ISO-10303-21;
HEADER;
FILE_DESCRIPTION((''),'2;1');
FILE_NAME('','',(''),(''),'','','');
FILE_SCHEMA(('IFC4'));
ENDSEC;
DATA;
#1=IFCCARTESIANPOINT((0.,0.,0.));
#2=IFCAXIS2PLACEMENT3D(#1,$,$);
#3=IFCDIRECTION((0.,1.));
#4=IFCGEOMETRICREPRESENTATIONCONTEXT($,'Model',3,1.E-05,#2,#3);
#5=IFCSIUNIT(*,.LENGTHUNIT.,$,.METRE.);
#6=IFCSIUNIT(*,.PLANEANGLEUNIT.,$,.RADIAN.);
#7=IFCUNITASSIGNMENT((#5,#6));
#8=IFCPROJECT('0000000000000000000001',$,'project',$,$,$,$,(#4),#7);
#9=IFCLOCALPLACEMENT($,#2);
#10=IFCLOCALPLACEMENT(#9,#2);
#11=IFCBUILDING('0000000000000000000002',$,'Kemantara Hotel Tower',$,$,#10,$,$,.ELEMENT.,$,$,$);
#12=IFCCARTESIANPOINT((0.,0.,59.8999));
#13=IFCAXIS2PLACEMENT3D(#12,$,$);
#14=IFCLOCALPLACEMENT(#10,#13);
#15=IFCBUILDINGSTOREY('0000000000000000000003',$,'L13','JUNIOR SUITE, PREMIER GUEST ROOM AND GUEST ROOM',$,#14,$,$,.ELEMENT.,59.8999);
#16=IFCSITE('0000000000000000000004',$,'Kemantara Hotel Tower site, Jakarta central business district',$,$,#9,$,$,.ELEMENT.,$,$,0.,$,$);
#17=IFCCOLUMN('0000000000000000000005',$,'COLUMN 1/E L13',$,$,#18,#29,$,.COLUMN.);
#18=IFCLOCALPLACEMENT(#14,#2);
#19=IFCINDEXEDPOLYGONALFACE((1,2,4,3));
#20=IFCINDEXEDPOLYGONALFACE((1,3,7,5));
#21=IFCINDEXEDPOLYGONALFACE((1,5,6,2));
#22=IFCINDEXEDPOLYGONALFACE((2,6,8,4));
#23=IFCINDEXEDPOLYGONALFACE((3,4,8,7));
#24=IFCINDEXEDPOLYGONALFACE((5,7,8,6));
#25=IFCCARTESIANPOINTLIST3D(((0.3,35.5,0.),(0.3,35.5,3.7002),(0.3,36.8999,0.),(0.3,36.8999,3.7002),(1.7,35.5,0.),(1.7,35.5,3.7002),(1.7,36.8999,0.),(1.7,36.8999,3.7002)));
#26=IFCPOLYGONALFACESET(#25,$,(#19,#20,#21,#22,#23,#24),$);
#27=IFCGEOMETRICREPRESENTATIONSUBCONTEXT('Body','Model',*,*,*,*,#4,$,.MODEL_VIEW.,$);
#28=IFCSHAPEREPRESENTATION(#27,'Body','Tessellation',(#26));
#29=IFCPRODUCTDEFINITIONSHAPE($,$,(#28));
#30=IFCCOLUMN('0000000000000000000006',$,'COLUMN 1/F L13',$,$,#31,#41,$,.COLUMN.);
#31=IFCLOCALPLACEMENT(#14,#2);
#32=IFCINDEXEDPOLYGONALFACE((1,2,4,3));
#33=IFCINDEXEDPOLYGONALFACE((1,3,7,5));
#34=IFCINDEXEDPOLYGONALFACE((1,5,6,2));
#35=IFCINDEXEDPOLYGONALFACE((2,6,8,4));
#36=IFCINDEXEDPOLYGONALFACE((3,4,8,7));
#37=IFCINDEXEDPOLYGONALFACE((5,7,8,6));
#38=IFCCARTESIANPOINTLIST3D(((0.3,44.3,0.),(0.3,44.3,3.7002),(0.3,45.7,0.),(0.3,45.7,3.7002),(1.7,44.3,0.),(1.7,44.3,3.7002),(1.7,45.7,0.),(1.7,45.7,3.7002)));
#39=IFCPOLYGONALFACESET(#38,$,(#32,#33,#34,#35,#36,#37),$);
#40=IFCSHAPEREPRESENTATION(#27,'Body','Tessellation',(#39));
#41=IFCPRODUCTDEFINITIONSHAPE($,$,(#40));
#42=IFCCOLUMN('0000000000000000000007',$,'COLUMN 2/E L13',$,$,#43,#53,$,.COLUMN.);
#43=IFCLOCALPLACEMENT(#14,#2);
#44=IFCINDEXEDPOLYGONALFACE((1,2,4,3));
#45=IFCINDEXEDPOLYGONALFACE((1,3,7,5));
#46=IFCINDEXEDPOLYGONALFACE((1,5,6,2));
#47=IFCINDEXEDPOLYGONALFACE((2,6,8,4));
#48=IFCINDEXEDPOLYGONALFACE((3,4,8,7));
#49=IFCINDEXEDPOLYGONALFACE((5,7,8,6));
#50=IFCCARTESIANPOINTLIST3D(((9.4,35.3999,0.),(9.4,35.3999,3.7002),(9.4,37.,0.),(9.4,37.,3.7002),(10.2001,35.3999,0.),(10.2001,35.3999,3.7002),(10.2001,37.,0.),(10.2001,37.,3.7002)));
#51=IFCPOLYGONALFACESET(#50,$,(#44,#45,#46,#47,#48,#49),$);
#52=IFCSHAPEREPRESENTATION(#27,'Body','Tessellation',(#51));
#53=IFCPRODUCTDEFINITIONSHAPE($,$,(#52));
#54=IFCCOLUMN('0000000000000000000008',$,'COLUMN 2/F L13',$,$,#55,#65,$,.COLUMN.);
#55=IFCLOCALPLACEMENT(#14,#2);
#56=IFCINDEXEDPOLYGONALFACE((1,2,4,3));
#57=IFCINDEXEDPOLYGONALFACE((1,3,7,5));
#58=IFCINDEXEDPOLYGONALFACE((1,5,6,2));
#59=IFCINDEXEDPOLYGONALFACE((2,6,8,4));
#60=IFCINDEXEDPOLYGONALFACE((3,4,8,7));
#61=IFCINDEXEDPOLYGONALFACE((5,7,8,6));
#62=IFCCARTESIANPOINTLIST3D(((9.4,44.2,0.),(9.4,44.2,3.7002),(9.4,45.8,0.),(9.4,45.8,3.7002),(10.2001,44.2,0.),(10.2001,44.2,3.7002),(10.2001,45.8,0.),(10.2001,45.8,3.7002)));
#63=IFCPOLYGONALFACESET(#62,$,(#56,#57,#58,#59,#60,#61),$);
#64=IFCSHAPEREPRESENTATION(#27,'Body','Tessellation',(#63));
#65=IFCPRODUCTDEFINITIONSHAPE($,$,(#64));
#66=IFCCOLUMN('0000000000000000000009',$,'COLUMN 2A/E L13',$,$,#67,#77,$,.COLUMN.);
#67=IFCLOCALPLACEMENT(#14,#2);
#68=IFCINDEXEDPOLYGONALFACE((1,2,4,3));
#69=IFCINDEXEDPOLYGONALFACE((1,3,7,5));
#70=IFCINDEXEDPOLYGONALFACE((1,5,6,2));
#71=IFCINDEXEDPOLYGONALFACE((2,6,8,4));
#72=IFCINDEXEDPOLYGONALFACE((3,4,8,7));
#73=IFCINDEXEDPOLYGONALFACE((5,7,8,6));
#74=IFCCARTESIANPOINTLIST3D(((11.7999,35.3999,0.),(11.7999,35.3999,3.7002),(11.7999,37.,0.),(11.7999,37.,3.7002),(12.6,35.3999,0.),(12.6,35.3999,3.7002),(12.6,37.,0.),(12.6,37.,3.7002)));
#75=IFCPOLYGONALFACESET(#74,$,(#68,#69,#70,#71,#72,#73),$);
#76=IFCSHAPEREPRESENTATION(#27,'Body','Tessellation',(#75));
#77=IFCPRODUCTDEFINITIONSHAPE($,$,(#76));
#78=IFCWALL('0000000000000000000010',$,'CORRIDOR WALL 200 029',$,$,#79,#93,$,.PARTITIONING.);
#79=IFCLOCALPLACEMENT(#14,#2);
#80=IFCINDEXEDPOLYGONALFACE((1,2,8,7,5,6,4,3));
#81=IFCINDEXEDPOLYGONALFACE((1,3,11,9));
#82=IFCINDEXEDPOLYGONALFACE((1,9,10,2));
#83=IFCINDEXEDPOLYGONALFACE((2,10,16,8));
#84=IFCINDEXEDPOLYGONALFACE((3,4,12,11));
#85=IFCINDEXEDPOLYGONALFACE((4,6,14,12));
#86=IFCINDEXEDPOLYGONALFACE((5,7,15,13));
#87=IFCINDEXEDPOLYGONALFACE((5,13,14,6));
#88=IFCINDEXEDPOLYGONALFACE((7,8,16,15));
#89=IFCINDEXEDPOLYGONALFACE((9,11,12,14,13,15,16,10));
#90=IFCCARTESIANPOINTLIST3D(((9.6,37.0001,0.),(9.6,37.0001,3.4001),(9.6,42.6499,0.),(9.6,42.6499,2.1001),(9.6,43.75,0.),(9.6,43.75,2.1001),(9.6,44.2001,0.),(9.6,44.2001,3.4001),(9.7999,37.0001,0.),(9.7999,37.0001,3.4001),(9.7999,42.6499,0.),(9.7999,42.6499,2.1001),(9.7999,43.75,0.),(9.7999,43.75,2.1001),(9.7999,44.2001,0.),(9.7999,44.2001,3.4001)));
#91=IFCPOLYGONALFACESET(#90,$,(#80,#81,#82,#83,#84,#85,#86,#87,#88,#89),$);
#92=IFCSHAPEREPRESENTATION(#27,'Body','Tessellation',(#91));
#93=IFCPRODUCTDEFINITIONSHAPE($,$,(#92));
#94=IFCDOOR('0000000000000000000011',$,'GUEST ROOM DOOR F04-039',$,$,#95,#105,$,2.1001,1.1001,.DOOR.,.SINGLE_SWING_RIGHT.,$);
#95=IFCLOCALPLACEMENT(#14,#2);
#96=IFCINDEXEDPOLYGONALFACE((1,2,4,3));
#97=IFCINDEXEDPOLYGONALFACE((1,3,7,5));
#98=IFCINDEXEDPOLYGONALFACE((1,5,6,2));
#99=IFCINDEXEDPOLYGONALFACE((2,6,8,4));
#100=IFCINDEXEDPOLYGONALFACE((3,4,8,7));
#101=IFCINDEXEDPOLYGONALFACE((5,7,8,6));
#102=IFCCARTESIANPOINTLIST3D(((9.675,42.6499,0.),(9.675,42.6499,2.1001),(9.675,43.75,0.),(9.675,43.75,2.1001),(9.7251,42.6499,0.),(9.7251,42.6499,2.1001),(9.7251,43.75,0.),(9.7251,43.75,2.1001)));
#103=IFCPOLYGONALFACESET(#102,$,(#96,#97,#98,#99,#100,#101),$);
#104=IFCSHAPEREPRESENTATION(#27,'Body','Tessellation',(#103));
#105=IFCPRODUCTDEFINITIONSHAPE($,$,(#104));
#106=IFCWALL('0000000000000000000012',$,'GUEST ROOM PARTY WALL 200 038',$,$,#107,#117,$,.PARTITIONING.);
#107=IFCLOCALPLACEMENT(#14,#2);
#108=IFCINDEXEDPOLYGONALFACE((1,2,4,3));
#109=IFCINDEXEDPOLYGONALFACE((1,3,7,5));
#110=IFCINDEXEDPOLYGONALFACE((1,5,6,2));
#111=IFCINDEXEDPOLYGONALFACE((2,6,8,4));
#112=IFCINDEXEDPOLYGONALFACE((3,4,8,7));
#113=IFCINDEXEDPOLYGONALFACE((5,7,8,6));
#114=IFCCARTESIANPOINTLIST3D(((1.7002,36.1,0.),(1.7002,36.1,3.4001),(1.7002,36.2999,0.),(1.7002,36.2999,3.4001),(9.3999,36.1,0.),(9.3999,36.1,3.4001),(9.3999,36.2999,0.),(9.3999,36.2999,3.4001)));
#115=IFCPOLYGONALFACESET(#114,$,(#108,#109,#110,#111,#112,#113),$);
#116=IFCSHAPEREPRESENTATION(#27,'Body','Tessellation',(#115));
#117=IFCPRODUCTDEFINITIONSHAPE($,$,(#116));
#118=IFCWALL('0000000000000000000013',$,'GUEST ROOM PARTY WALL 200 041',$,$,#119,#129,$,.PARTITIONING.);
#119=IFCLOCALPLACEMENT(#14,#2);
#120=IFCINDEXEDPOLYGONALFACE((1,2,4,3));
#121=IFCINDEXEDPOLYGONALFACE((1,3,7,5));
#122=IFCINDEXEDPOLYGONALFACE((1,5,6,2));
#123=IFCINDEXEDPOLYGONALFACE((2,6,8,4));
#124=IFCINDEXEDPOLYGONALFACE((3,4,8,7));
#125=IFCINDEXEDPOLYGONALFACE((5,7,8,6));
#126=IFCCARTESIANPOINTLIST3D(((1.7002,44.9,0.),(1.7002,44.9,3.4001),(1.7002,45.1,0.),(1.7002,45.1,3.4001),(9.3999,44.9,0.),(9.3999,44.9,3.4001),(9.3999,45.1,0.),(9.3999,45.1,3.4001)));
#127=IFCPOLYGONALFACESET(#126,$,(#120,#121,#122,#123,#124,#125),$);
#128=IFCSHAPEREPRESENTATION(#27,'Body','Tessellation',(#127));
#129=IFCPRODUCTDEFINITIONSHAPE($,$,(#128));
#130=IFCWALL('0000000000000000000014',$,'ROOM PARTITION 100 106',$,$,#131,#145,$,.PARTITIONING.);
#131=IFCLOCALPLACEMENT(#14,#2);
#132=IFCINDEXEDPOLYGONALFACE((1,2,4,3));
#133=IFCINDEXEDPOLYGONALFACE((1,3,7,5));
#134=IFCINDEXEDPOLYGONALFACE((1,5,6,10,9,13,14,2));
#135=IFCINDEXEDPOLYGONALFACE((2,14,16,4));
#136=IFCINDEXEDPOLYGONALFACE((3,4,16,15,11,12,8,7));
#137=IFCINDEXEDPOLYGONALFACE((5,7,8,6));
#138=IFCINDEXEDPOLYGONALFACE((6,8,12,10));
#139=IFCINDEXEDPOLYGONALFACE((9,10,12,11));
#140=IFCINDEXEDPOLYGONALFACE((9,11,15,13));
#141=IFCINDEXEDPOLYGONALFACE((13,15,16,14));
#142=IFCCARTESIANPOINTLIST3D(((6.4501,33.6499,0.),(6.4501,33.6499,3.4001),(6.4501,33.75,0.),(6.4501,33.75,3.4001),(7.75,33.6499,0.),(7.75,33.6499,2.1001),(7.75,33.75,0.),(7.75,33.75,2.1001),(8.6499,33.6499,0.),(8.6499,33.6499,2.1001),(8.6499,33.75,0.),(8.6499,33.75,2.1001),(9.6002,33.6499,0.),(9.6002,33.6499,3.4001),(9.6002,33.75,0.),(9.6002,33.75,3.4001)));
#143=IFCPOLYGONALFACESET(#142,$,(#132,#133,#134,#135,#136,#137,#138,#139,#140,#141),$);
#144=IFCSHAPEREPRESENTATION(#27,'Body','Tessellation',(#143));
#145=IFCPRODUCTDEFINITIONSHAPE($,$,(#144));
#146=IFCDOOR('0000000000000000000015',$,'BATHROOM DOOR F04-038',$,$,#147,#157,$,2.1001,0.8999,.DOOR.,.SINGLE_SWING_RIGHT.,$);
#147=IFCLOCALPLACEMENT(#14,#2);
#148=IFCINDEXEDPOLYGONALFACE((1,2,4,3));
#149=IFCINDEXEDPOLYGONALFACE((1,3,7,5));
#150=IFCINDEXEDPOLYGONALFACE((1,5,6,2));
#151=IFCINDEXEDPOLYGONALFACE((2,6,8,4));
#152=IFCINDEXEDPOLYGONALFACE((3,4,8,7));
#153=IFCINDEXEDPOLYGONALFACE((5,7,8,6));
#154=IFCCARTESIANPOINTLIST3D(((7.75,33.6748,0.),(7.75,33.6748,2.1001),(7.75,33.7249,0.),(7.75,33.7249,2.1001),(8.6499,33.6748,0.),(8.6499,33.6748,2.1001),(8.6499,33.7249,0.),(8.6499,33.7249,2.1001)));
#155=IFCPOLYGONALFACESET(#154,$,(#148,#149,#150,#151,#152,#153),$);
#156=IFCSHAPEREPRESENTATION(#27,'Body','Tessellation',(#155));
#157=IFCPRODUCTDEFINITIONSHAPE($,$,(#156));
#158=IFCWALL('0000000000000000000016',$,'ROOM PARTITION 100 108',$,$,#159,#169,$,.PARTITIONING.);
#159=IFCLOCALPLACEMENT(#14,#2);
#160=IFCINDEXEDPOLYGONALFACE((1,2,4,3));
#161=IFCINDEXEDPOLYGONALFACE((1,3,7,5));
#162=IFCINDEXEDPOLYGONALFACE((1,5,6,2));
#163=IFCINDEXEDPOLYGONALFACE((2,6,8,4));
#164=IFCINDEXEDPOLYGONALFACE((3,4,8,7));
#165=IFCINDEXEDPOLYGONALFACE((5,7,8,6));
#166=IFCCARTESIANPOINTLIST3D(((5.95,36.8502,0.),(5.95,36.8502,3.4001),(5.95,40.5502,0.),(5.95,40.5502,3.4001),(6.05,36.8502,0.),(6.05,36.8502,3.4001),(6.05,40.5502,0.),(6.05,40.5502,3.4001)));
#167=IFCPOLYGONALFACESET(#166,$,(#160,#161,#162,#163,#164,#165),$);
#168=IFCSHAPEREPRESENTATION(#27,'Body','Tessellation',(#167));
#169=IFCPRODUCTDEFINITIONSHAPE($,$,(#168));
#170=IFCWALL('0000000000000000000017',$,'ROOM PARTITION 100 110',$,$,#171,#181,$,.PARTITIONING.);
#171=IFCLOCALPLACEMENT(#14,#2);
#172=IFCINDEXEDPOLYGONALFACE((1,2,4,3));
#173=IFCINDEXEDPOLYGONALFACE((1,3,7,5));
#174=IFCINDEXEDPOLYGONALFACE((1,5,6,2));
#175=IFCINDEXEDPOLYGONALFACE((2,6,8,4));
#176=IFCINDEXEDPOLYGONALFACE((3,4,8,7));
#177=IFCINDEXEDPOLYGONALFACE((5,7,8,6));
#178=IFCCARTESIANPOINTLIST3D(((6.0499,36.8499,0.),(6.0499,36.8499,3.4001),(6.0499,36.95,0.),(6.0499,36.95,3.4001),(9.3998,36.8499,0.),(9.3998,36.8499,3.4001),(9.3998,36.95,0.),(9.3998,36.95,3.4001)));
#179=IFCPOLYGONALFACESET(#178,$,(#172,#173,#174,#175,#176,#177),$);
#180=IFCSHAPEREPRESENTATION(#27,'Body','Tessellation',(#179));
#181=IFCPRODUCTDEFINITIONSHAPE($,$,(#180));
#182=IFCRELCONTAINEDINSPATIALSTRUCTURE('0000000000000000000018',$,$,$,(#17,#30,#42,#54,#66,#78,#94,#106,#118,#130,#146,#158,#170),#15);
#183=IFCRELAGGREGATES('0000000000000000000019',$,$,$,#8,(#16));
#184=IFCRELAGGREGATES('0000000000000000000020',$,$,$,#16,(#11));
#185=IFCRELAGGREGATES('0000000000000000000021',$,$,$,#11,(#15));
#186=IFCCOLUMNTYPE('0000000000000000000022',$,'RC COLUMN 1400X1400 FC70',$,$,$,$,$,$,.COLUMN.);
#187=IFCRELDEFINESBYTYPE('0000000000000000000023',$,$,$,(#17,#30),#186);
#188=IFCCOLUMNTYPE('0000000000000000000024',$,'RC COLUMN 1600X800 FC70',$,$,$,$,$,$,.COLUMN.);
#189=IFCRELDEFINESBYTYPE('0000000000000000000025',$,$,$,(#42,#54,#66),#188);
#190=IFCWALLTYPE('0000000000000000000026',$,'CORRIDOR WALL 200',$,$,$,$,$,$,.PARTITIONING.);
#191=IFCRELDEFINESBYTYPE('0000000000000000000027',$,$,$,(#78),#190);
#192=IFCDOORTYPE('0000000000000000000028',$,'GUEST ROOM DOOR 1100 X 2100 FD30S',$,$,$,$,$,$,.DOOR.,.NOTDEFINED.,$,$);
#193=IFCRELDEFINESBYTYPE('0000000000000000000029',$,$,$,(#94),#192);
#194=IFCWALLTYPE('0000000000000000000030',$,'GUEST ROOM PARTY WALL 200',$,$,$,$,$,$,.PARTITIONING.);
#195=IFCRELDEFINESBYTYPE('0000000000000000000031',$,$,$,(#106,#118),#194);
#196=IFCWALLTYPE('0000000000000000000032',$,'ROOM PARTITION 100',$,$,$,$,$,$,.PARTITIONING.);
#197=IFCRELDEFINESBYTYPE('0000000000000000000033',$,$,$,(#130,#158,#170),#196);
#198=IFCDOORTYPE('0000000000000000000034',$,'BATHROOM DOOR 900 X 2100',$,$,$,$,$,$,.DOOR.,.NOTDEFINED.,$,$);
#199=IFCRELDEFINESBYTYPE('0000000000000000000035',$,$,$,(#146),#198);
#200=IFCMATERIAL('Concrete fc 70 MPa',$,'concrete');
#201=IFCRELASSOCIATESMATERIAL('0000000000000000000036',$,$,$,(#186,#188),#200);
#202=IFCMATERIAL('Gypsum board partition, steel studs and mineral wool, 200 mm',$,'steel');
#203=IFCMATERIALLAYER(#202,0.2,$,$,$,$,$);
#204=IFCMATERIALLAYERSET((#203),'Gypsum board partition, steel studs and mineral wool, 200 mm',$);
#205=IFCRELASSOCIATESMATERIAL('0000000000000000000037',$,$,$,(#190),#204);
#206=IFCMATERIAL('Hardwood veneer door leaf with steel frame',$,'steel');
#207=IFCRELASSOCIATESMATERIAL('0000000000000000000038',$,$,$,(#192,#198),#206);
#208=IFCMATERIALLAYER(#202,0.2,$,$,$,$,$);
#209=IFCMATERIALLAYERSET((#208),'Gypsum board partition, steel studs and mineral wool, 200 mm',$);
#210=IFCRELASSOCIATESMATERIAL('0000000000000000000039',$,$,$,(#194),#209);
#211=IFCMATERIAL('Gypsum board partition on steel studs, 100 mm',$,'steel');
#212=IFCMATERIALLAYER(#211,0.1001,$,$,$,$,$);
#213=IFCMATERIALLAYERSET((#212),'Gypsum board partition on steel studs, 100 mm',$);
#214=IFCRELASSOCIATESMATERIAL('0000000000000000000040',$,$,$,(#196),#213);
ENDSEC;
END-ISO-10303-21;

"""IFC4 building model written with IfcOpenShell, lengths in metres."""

from ifc_helpers import new_model, si_unit, direction, frame, frame_2d, origin, origin_2d, place, context, subcontext, project, spatial, rectangle, extrude, material, layer, layer_set, material_profile, profile_set, type_object, element, fill, save


model = new_model("IFC4")

# Units and contexts
model_context = context("Model", 3, precision=1e-05, world=origin(), true_north=direction((0.0, 1.0)))
body_context = subcontext(model_context, "Body", "Model", "MODEL_VIEW")
ifc_project = project(units=[si_unit("LENGTHUNIT", "METRE"), si_unit("PLANEANGLEUNIT", "RADIAN")], contexts=[model_context])

# Site, building, storey
site_placement = place(None, origin())
site = spatial("IfcSite", under=ifc_project, at=site_placement, Name="Kemantara Hotel Tower site, Jakarta central business district", CompositionType="ELEMENT", RefElevation=0.0)
building_placement = place(site_placement, origin())
building = spatial("IfcBuilding", under=site, at=building_placement, Name="Kemantara Hotel Tower", CompositionType="ELEMENT")
storey_placement = place(building_placement, frame((0.0, 0.0, 59.8999)))
storey = spatial("IfcBuildingStorey", under=building, at=storey_placement, Name="L13", Description="JUNIOR SUITE, PREMIER GUEST ROOM AND GUEST ROOM", CompositionType="ELEMENT", Elevation=59.8999)

# Columns
ifc_material_1 = material(Name="Concrete fc 70 MPa", Category="concrete")
ifc_material_profile_1 = material_profile(ifc_material_1, rectangle(XDim=1.3999, YDim=1.3999, at=origin_2d()), Name="RC 1400X1400")
ifc_profile_set_1 = profile_set([ifc_material_profile_1], Name="Concrete fc 70 MPa")
column_type_1 = type_object("IfcColumnType", Name="RC COLUMN 1400X1400 FC70", PredefinedType="COLUMN", material=ifc_profile_set_1)
for number, where, z_axis, x_axis, name in (
    (1, (1.0, 36.2, 0.0), (0.0, 0.0, 1.0), (1.0, 0.0, 0.0), "COLUMN 1/E L13"),
    (2, (1.0, 45.0, 0.0), (0.0, 0.0, 1.0), (1.0, 0.0, 0.0), "COLUMN 1/F L13"),
):
    element("IfcColumn", number, at=place(storey_placement, frame(where, z_axis=z_axis, x_axis=x_axis)), inside=storey, type_object=column_type_1, Name=name, PredefinedType="COLUMN", context=body_context, shape_type="SweptSolid", body=[
        extrude(rectangle(XDim=1.3999, YDim=1.3999, at=origin_2d()), origin(), (0.0, 0.0, 1.0), 3.7002),
    ])
ifc_material_profile_2 = material_profile(ifc_material_1, rectangle(XDim=1.6001, YDim=0.8, at=origin_2d()), Name="RC 1600X800")
ifc_profile_set_2 = profile_set([ifc_material_profile_2], Name="Concrete fc 70 MPa")
column_type_2 = type_object("IfcColumnType", Name="RC COLUMN 1600X800 FC70", PredefinedType="COLUMN", material=ifc_profile_set_2)
for number, where, z_axis, x_axis, name in (
    (3, (9.8, 36.2, 0.0), (0.0, 0.0, 1.0), (0.0, 1.0, 0.0), "COLUMN 2/E L13"),
    (4, (9.8, 45.0, 0.0), (0.0, 0.0, 1.0), (0.0, 1.0, 0.0), "COLUMN 2/F L13"),
    (5, (12.2, 36.2, 0.0), (0.0, 0.0, 1.0), (0.0, 1.0, 0.0), "COLUMN 2A/E L13"),
):
    element("IfcColumn", number, at=place(storey_placement, frame(where, z_axis=z_axis, x_axis=x_axis)), inside=storey, type_object=column_type_2, Name=name, PredefinedType="COLUMN", context=body_context, shape_type="SweptSolid", body=[
        extrude(rectangle(XDim=1.6001, YDim=0.8, at=origin_2d()), origin(), (0.0, 0.0, 1.0), 3.7002),
    ])

# Wall, opening, door
ifc_material_2 = material(Name="Gypsum board partition, steel studs and mineral wool, 200 mm", Category="steel")
ifc_layer_1 = layer(ifc_material_2, 0.2)
ifc_layer_set_1 = layer_set([ifc_layer_1], Name="Gypsum board partition, steel studs and mineral wool, 200 mm")
wall_type_1 = type_object("IfcWallType", Name="CORRIDOR WALL 200", PredefinedType="PARTITIONING", material=ifc_layer_set_1)
wall_1_placement = place(storey_placement, frame((9.7, 37.0, 0.0), z_axis=(0.0, 0.0, 1.0), x_axis=(0.0, 1.0, 0.0)))
wall_1 = element("IfcWall", 6, at=wall_1_placement, inside=storey, type_object=wall_type_1, Name="CORRIDOR WALL 200 029", PredefinedType="PARTITIONING", context=body_context, shape_type="SweptSolid", body=[
    extrude(rectangle(XDim=7.2, YDim=0.2, at=frame_2d((3.6001, 0.0))), origin(), (0.0, 0.0, 1.0), 3.4001),
])
opening_1_placement = place(wall_1_placement, frame((5.6499, 0.0, 0.0)))
opening_1 = element("IfcOpeningElement", 7, at=opening_1_placement, cuts=wall_1, PredefinedType="OPENING", context=body_context, shape_type="SweptSolid", body=[
    extrude(rectangle(XDim=1.1001, YDim=2.1001, at=frame_2d((0.55, 1.05))), frame((0.0, 0.1099, 0.0), z_axis=(0.0, -1.0, 0.0), x_axis=(1.0, 0.0, 0.0)), (0.0, 0.0, 1.0), 0.22),
])
ifc_material_3 = material(Name="Hardwood veneer door leaf with steel frame", Category="steel")
door_type_1 = type_object("IfcDoorType", Name="GUEST ROOM DOOR 1100 X 2100 FD30S", OperationType="NOTDEFINED", PredefinedType="DOOR", material=ifc_material_3)
door_1_placement = place(opening_1_placement, origin())
door_1 = element("IfcDoor", 8, at=door_1_placement, inside=storey, type_object=door_type_1, Name="GUEST ROOM DOOR F04-039", OperationType="SINGLE_SWING_RIGHT", OverallHeight=2.1001, OverallWidth=1.1001, PredefinedType="DOOR", context=body_context, shape_type="SweptSolid", body=[
    extrude(rectangle(XDim=1.1001, YDim=2.1001, at=frame_2d((0.55, 1.05))), frame((0.0, 0.0249, 0.0), z_axis=(0.0, -1.0, 0.0), x_axis=(1.0, 0.0, 0.0)), (0.0, 0.0, 1.0), 0.05),
])
fill(opening_1, door_1)

# Walls
ifc_layer_2 = layer(ifc_material_2, 0.2)
ifc_layer_set_2 = layer_set([ifc_layer_2], Name="Gypsum board partition, steel studs and mineral wool, 200 mm")
wall_type_2 = type_object("IfcWallType", Name="GUEST ROOM PARTY WALL 200", PredefinedType="PARTITIONING", material=ifc_layer_set_2)
for number, where, z_axis, x_axis, name in (
    (9, (1.7002, 36.2, 0.0), (0.0, 0.0, 1.0), (1.0, 0.0, 0.0), "GUEST ROOM PARTY WALL 200 038"),
    (10, (1.7002, 45.0, 0.0), (0.0, 0.0, 1.0), (1.0, 0.0, 0.0), "GUEST ROOM PARTY WALL 200 041"),
):
    element("IfcWall", number, at=place(storey_placement, frame(where, z_axis=z_axis, x_axis=x_axis)), inside=storey, type_object=wall_type_2, Name=name, PredefinedType="PARTITIONING", context=body_context, shape_type="SweptSolid", body=[
        extrude(rectangle(XDim=7.6997, YDim=0.2, at=frame_2d((3.8499, 0.0))), origin(), (0.0, 0.0, 1.0), 3.4001),
    ])

# Wall, opening, door
ifc_material_4 = material(Name="Gypsum board partition on steel studs, 100 mm", Category="steel")
ifc_layer_3 = layer(ifc_material_4, 0.1001)
ifc_layer_set_3 = layer_set([ifc_layer_3], Name="Gypsum board partition on steel studs, 100 mm")
wall_type_3 = type_object("IfcWallType", Name="ROOM PARTITION 100", PredefinedType="PARTITIONING", material=ifc_layer_set_3)
wall_2_placement = place(storey_placement, frame((6.45, 33.7, 0.0), z_axis=(0.0, 0.0, 1.0), x_axis=(1.0, 0.0, 0.0)))
wall_2 = element("IfcWall", 11, at=wall_2_placement, inside=storey, type_object=wall_type_3, Name="ROOM PARTITION 100 106", PredefinedType="PARTITIONING", context=body_context, shape_type="SweptSolid", body=[
    extrude(rectangle(XDim=3.1501, YDim=0.1001, at=frame_2d((1.5752, 0.0))), origin(), (0.0, 0.0, 1.0), 3.4001),
])
opening_2_placement = place(wall_2_placement, frame((1.3, 0.0, 0.0)))
opening_2 = element("IfcOpeningElement", 12, at=opening_2_placement, cuts=wall_2, PredefinedType="OPENING", context=body_context, shape_type="SweptSolid", body=[
    extrude(rectangle(XDim=0.8999, YDim=2.1001, at=frame_2d((0.45, 1.05))), frame((0.0, 0.0601, 0.0), z_axis=(0.0, -1.0, 0.0), x_axis=(1.0, 0.0, 0.0)), (0.0, 0.0, 1.0), 0.1201),
])
door_type_2 = type_object("IfcDoorType", Name="BATHROOM DOOR 900 X 2100", OperationType="NOTDEFINED", PredefinedType="DOOR", material=ifc_material_3)
door_2_placement = place(opening_2_placement, origin())
door_2 = element("IfcDoor", 13, at=door_2_placement, inside=storey, type_object=door_type_2, Name="BATHROOM DOOR F04-038", OperationType="SINGLE_SWING_RIGHT", OverallHeight=2.1001, OverallWidth=0.8999, PredefinedType="DOOR", context=body_context, shape_type="SweptSolid", body=[
    extrude(rectangle(XDim=0.8999, YDim=2.1001, at=frame_2d((0.45, 1.05))), frame((0.0, 0.0249, 0.0), z_axis=(0.0, -1.0, 0.0), x_axis=(1.0, 0.0, 0.0)), (0.0, 0.0, 1.0), 0.05),
])
fill(opening_2, door_2)

# Walls
wall_3_placement = place(storey_placement, frame((6.0, 36.8501, 0.0), z_axis=(0.0, 0.0, 1.0), x_axis=(0.0, 1.0, 0.0)))
element("IfcWall", 14, at=wall_3_placement, inside=storey, type_object=wall_type_3, Name="ROOM PARTITION 100 108", PredefinedType="PARTITIONING", context=body_context, shape_type="SweptSolid", body=[
    extrude(rectangle(XDim=3.7, YDim=0.1001, at=frame_2d((1.8501, 0.0))), origin(), (0.0, 0.0, 1.0), 3.4001),
])
wall_4_placement = place(storey_placement, frame((6.05, 36.8999, 0.0), z_axis=(0.0, 0.0, 1.0), x_axis=(1.0, 0.0, 0.0)))
element("IfcWall", 15, at=wall_4_placement, inside=storey, type_object=wall_type_3, Name="ROOM PARTITION 100 110", PredefinedType="PARTITIONING", context=body_context, shape_type="SweptSolid", body=[
    extrude(rectangle(XDim=3.3499, YDim=0.1001, at=frame_2d((1.6748, 0.0))), origin(), (0.0, 0.0, 1.0), 3.4001),
])

save(model, "model.ifc")
